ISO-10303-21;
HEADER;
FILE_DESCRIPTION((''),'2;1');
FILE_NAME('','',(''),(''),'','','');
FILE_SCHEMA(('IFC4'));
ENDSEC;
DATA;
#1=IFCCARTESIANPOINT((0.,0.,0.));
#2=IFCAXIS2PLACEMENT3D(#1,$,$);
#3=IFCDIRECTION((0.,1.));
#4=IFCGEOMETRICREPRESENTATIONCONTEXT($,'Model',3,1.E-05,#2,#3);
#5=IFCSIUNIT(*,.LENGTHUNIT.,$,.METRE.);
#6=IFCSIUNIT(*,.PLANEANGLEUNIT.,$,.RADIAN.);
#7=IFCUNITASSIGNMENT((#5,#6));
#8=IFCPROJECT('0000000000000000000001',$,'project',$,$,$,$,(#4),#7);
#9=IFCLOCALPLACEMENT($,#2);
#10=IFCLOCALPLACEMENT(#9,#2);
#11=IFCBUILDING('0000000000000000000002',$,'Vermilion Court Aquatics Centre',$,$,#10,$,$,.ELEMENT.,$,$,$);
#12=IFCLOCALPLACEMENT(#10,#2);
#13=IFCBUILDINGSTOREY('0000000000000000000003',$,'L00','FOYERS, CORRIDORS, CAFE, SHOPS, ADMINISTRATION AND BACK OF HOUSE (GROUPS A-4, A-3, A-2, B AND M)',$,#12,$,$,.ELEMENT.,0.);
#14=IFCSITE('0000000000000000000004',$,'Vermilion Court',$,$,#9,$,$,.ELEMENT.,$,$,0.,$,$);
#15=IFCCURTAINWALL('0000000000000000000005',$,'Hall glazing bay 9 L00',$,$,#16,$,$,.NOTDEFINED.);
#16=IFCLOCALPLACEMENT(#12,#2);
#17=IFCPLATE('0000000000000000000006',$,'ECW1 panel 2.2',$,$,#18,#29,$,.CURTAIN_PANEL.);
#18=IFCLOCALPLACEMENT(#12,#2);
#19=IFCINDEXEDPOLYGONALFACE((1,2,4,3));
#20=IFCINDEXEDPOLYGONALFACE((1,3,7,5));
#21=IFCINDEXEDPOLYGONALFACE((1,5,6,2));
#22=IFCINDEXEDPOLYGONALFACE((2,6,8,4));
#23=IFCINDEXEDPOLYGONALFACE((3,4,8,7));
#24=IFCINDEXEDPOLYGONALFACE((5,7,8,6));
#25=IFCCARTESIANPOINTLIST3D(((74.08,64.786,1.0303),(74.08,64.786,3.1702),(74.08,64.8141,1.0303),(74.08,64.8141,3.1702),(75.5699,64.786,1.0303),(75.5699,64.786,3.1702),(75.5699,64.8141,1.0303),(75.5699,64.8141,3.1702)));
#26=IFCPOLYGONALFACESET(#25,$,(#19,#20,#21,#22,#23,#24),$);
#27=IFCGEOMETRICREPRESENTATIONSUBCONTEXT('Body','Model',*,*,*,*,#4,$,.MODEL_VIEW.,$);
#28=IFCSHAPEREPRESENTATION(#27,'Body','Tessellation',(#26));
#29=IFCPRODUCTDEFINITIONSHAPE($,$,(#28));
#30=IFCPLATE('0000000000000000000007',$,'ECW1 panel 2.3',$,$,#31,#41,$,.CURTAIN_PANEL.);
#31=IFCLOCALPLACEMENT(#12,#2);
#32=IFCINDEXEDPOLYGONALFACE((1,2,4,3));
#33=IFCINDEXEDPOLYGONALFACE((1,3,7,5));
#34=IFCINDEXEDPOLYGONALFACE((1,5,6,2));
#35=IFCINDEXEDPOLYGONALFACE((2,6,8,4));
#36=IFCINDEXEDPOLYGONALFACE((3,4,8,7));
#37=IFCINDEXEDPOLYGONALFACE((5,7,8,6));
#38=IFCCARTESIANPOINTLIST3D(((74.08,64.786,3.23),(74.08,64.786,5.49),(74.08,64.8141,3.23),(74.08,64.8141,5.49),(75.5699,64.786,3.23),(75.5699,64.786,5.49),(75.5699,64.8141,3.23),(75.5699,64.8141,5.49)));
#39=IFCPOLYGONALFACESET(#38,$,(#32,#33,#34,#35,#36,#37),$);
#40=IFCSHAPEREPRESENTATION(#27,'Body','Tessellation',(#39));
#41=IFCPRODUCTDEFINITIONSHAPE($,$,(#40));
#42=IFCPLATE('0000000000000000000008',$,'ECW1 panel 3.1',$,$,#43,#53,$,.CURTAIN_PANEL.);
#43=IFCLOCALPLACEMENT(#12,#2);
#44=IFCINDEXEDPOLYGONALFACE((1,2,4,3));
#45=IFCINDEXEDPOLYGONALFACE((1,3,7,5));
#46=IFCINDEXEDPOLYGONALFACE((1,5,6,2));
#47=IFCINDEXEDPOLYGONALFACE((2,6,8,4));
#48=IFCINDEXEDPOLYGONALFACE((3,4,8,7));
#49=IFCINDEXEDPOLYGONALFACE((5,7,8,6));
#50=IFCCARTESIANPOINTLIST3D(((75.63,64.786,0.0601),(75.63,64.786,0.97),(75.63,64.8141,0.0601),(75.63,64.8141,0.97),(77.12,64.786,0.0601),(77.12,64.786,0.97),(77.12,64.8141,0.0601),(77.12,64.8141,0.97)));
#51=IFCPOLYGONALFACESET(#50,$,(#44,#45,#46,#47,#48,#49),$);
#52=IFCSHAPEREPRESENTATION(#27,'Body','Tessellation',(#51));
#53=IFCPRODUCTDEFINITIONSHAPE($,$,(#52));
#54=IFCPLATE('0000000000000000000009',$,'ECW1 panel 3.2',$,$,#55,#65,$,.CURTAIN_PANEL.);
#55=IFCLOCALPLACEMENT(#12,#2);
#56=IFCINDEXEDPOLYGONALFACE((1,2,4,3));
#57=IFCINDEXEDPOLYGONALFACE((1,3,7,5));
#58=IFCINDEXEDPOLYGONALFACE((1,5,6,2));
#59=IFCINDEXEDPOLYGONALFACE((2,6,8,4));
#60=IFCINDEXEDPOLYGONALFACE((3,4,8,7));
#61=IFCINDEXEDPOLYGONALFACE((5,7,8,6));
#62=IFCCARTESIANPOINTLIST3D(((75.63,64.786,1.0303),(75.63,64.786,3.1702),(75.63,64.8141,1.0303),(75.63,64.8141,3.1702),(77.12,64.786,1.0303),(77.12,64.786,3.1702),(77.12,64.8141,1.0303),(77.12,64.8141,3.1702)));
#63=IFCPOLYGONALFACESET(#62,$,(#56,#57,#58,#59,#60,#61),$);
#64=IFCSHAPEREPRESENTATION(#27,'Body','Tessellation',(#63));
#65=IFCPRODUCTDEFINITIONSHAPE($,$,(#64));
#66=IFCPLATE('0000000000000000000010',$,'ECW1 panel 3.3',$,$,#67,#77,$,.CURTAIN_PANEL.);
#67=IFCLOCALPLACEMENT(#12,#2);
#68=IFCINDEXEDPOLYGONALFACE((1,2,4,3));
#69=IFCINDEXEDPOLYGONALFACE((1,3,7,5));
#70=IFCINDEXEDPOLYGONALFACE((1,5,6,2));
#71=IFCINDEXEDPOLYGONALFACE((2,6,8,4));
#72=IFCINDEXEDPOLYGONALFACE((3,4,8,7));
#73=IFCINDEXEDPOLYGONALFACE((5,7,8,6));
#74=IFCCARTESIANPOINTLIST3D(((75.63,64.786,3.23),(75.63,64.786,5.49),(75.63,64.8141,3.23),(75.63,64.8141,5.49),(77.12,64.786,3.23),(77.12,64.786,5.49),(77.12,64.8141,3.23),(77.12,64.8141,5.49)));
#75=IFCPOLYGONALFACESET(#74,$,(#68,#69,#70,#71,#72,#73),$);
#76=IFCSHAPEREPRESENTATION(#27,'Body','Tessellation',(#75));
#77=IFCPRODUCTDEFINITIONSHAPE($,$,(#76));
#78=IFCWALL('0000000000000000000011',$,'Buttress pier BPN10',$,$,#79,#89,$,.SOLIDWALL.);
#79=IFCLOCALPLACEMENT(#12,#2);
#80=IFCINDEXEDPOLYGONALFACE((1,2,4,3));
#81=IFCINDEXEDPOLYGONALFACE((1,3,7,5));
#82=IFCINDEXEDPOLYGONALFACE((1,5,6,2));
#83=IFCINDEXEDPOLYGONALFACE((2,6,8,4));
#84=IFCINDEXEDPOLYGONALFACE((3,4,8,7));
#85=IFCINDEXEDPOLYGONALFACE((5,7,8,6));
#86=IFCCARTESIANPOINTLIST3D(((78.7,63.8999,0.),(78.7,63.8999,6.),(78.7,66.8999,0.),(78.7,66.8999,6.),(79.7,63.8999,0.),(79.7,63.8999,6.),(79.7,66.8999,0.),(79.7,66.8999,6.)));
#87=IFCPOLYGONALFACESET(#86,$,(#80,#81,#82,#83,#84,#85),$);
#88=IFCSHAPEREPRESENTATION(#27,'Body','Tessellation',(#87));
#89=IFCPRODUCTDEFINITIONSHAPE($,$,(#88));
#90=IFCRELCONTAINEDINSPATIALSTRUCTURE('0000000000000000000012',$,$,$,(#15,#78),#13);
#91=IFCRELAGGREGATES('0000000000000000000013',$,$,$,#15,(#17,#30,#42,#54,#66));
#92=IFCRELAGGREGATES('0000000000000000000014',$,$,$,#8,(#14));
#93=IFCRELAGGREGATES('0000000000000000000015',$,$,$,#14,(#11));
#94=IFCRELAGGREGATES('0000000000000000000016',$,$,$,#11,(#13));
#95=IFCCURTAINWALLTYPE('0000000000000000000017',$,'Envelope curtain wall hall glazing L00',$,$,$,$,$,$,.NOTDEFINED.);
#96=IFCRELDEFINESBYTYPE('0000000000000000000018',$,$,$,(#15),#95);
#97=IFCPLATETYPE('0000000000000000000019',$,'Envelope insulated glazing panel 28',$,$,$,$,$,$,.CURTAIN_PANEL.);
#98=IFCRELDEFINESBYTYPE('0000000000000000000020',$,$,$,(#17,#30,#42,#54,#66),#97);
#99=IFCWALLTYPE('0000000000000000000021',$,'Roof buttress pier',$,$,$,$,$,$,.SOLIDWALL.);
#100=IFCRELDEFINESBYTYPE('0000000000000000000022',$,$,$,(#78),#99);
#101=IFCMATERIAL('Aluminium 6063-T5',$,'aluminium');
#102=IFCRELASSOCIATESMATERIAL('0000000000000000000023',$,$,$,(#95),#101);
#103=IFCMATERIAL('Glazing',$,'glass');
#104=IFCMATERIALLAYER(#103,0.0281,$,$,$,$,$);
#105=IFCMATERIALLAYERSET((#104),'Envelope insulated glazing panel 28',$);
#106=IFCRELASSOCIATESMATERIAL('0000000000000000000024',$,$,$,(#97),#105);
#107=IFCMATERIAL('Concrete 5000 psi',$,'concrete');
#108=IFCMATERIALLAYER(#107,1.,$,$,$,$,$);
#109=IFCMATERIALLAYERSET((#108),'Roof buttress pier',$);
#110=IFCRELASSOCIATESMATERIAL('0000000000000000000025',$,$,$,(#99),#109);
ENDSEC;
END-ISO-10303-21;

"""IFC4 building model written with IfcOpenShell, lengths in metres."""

from ifc_helpers import new_model, si_unit, direction, frame, frame_2d, origin, origin_2d, place, context, subcontext, project, spatial, rectangle, extrude, material, layer, layer_set, type_object, element, aggregate, save


model = new_model("IFC4")

# Units and contexts
model_context = context("Model", 3, precision=1e-05, world=origin(), true_north=direction((0.0, 1.0)))
body_context = subcontext(model_context, "Body", "Model", "MODEL_VIEW")
ifc_project = project(units=[si_unit("LENGTHUNIT", "METRE"), si_unit("PLANEANGLEUNIT", "RADIAN")], contexts=[model_context])

# Site, building, storey
site_placement = place(None, origin())
site = spatial("IfcSite", under=ifc_project, at=site_placement, Name="Vermilion Court", CompositionType="ELEMENT", RefElevation=0.0)
building_placement = place(site_placement, origin())
building = spatial("IfcBuilding", under=site, at=building_placement, Name="Vermilion Court Aquatics Centre", CompositionType="ELEMENT")
storey_placement = place(building_placement, origin())
storey = spatial("IfcBuildingStorey", under=building, at=storey_placement, Name="L00", Description="FOYERS, CORRIDORS, CAFE, SHOPS, ADMINISTRATION AND BACK OF HOUSE (GROUPS A-4, A-3, A-2, B AND M)", CompositionType="ELEMENT", Elevation=0.0)

# Curtain wall, plates
ifc_material_1 = material(Name="Aluminium 6063-T5", Category="aluminium")
curtain_wall_type = type_object("IfcCurtainWallType", Name="Envelope curtain wall hall glazing L00", PredefinedType="NOTDEFINED", material=ifc_material_1)
curtain_wall_placement = place(storey_placement, origin())
curtain_wall = element("IfcCurtainWall", 1, at=curtain_wall_placement, inside=storey, type_object=curtain_wall_type, Name="Hall glazing bay 9 L00", PredefinedType="NOTDEFINED")
ifc_material_2 = material(Name="Glazing", Category="glass")
ifc_layer_1 = layer(ifc_material_2, 0.0281)
ifc_layer_set_1 = layer_set([ifc_layer_1], Name="Envelope insulated glazing panel 28")
plate_type = type_object("IfcPlateType", Name="Envelope insulated glazing panel 28", PredefinedType="CURTAIN_PANEL", material=ifc_layer_set_1)
plate_1_placement = place(storey_placement, frame((74.825, 64.8, 1.0303), z_axis=(0.0, 0.0, 1.0), x_axis=(1.0, 0.0, 0.0)))
plate_1 = element("IfcPlate", 2, at=plate_1_placement, type_object=plate_type, Name="ECW1 panel 2.2", PredefinedType="CURTAIN_PANEL", context=body_context, shape_type="SweptSolid", body=[
    extrude(rectangle(XDim=1.49, YDim=0.0281, at=origin_2d()), origin(), (0.0, 0.0, 1.0), 2.1399),
])
plate_2_placement = place(storey_placement, frame((74.825, 64.8, 3.23), z_axis=(0.0, 0.0, 1.0), x_axis=(1.0, 0.0, 0.0)))
plate_2 = element("IfcPlate", 3, at=plate_2_placement, type_object=plate_type, Name="ECW1 panel 2.3", PredefinedType="CURTAIN_PANEL", context=body_context, shape_type="SweptSolid", body=[
    extrude(rectangle(XDim=1.49, YDim=0.0281, at=origin_2d()), origin(), (0.0, 0.0, 1.0), 2.26),
])
plate_3_placement = place(storey_placement, frame((76.375, 64.8, 0.0601), z_axis=(0.0, 0.0, 1.0), x_axis=(1.0, 0.0, 0.0)))
plate_3 = element("IfcPlate", 4, at=plate_3_placement, type_object=plate_type, Name="ECW1 panel 3.1", PredefinedType="CURTAIN_PANEL", context=body_context, shape_type="SweptSolid", body=[
    extrude(rectangle(XDim=1.49, YDim=0.0281, at=origin_2d()), origin(), (0.0, 0.0, 1.0), 0.9099),
])
plate_4_placement = place(storey_placement, frame((76.375, 64.8, 1.0303), z_axis=(0.0, 0.0, 1.0), x_axis=(1.0, 0.0, 0.0)))
plate_4 = element("IfcPlate", 5, at=plate_4_placement, type_object=plate_type, Name="ECW1 panel 3.2", PredefinedType="CURTAIN_PANEL", context=body_context, shape_type="SweptSolid", body=[
    extrude(rectangle(XDim=1.49, YDim=0.0281, at=origin_2d()), origin(), (0.0, 0.0, 1.0), 2.1399),
])
plate_5_placement = place(storey_placement, frame((76.375, 64.8, 3.23), z_axis=(0.0, 0.0, 1.0), x_axis=(1.0, 0.0, 0.0)))
plate_5 = element("IfcPlate", 6, at=plate_5_placement, type_object=plate_type, Name="ECW1 panel 3.3", PredefinedType="CURTAIN_PANEL", context=body_context, shape_type="SweptSolid", body=[
    extrude(rectangle(XDim=1.49, YDim=0.0281, at=origin_2d()), origin(), (0.0, 0.0, 1.0), 2.26),
])
aggregate(curtain_wall, [plate_1, plate_2, plate_3, plate_4, plate_5])

# Wall
ifc_material_3 = material(Name="Concrete 5000 psi", Category="concrete")
ifc_layer_2 = layer(ifc_material_3, 1.0)
ifc_layer_set_2 = layer_set([ifc_layer_2], Name="Roof buttress pier")
wall_type = type_object("IfcWallType", Name="Roof buttress pier", PredefinedType="SOLIDWALL", material=ifc_layer_set_2)
wall_placement = place(storey_placement, frame((79.2, 63.8999, 0.0), z_axis=(0.0, 0.0, 1.0), x_axis=(0.0, 1.0, 0.0)))
element("IfcWall", 7, at=wall_placement, inside=storey, type_object=wall_type, Name="Buttress pier BPN10", PredefinedType="SOLIDWALL", context=body_context, shape_type="SweptSolid", body=[
    extrude(rectangle(XDim=3.0, YDim=1.0, at=frame_2d((1.5, 0.0))), origin(), (0.0, 0.0, 1.0), 6.0),
])

save(model, "model.ifc")
